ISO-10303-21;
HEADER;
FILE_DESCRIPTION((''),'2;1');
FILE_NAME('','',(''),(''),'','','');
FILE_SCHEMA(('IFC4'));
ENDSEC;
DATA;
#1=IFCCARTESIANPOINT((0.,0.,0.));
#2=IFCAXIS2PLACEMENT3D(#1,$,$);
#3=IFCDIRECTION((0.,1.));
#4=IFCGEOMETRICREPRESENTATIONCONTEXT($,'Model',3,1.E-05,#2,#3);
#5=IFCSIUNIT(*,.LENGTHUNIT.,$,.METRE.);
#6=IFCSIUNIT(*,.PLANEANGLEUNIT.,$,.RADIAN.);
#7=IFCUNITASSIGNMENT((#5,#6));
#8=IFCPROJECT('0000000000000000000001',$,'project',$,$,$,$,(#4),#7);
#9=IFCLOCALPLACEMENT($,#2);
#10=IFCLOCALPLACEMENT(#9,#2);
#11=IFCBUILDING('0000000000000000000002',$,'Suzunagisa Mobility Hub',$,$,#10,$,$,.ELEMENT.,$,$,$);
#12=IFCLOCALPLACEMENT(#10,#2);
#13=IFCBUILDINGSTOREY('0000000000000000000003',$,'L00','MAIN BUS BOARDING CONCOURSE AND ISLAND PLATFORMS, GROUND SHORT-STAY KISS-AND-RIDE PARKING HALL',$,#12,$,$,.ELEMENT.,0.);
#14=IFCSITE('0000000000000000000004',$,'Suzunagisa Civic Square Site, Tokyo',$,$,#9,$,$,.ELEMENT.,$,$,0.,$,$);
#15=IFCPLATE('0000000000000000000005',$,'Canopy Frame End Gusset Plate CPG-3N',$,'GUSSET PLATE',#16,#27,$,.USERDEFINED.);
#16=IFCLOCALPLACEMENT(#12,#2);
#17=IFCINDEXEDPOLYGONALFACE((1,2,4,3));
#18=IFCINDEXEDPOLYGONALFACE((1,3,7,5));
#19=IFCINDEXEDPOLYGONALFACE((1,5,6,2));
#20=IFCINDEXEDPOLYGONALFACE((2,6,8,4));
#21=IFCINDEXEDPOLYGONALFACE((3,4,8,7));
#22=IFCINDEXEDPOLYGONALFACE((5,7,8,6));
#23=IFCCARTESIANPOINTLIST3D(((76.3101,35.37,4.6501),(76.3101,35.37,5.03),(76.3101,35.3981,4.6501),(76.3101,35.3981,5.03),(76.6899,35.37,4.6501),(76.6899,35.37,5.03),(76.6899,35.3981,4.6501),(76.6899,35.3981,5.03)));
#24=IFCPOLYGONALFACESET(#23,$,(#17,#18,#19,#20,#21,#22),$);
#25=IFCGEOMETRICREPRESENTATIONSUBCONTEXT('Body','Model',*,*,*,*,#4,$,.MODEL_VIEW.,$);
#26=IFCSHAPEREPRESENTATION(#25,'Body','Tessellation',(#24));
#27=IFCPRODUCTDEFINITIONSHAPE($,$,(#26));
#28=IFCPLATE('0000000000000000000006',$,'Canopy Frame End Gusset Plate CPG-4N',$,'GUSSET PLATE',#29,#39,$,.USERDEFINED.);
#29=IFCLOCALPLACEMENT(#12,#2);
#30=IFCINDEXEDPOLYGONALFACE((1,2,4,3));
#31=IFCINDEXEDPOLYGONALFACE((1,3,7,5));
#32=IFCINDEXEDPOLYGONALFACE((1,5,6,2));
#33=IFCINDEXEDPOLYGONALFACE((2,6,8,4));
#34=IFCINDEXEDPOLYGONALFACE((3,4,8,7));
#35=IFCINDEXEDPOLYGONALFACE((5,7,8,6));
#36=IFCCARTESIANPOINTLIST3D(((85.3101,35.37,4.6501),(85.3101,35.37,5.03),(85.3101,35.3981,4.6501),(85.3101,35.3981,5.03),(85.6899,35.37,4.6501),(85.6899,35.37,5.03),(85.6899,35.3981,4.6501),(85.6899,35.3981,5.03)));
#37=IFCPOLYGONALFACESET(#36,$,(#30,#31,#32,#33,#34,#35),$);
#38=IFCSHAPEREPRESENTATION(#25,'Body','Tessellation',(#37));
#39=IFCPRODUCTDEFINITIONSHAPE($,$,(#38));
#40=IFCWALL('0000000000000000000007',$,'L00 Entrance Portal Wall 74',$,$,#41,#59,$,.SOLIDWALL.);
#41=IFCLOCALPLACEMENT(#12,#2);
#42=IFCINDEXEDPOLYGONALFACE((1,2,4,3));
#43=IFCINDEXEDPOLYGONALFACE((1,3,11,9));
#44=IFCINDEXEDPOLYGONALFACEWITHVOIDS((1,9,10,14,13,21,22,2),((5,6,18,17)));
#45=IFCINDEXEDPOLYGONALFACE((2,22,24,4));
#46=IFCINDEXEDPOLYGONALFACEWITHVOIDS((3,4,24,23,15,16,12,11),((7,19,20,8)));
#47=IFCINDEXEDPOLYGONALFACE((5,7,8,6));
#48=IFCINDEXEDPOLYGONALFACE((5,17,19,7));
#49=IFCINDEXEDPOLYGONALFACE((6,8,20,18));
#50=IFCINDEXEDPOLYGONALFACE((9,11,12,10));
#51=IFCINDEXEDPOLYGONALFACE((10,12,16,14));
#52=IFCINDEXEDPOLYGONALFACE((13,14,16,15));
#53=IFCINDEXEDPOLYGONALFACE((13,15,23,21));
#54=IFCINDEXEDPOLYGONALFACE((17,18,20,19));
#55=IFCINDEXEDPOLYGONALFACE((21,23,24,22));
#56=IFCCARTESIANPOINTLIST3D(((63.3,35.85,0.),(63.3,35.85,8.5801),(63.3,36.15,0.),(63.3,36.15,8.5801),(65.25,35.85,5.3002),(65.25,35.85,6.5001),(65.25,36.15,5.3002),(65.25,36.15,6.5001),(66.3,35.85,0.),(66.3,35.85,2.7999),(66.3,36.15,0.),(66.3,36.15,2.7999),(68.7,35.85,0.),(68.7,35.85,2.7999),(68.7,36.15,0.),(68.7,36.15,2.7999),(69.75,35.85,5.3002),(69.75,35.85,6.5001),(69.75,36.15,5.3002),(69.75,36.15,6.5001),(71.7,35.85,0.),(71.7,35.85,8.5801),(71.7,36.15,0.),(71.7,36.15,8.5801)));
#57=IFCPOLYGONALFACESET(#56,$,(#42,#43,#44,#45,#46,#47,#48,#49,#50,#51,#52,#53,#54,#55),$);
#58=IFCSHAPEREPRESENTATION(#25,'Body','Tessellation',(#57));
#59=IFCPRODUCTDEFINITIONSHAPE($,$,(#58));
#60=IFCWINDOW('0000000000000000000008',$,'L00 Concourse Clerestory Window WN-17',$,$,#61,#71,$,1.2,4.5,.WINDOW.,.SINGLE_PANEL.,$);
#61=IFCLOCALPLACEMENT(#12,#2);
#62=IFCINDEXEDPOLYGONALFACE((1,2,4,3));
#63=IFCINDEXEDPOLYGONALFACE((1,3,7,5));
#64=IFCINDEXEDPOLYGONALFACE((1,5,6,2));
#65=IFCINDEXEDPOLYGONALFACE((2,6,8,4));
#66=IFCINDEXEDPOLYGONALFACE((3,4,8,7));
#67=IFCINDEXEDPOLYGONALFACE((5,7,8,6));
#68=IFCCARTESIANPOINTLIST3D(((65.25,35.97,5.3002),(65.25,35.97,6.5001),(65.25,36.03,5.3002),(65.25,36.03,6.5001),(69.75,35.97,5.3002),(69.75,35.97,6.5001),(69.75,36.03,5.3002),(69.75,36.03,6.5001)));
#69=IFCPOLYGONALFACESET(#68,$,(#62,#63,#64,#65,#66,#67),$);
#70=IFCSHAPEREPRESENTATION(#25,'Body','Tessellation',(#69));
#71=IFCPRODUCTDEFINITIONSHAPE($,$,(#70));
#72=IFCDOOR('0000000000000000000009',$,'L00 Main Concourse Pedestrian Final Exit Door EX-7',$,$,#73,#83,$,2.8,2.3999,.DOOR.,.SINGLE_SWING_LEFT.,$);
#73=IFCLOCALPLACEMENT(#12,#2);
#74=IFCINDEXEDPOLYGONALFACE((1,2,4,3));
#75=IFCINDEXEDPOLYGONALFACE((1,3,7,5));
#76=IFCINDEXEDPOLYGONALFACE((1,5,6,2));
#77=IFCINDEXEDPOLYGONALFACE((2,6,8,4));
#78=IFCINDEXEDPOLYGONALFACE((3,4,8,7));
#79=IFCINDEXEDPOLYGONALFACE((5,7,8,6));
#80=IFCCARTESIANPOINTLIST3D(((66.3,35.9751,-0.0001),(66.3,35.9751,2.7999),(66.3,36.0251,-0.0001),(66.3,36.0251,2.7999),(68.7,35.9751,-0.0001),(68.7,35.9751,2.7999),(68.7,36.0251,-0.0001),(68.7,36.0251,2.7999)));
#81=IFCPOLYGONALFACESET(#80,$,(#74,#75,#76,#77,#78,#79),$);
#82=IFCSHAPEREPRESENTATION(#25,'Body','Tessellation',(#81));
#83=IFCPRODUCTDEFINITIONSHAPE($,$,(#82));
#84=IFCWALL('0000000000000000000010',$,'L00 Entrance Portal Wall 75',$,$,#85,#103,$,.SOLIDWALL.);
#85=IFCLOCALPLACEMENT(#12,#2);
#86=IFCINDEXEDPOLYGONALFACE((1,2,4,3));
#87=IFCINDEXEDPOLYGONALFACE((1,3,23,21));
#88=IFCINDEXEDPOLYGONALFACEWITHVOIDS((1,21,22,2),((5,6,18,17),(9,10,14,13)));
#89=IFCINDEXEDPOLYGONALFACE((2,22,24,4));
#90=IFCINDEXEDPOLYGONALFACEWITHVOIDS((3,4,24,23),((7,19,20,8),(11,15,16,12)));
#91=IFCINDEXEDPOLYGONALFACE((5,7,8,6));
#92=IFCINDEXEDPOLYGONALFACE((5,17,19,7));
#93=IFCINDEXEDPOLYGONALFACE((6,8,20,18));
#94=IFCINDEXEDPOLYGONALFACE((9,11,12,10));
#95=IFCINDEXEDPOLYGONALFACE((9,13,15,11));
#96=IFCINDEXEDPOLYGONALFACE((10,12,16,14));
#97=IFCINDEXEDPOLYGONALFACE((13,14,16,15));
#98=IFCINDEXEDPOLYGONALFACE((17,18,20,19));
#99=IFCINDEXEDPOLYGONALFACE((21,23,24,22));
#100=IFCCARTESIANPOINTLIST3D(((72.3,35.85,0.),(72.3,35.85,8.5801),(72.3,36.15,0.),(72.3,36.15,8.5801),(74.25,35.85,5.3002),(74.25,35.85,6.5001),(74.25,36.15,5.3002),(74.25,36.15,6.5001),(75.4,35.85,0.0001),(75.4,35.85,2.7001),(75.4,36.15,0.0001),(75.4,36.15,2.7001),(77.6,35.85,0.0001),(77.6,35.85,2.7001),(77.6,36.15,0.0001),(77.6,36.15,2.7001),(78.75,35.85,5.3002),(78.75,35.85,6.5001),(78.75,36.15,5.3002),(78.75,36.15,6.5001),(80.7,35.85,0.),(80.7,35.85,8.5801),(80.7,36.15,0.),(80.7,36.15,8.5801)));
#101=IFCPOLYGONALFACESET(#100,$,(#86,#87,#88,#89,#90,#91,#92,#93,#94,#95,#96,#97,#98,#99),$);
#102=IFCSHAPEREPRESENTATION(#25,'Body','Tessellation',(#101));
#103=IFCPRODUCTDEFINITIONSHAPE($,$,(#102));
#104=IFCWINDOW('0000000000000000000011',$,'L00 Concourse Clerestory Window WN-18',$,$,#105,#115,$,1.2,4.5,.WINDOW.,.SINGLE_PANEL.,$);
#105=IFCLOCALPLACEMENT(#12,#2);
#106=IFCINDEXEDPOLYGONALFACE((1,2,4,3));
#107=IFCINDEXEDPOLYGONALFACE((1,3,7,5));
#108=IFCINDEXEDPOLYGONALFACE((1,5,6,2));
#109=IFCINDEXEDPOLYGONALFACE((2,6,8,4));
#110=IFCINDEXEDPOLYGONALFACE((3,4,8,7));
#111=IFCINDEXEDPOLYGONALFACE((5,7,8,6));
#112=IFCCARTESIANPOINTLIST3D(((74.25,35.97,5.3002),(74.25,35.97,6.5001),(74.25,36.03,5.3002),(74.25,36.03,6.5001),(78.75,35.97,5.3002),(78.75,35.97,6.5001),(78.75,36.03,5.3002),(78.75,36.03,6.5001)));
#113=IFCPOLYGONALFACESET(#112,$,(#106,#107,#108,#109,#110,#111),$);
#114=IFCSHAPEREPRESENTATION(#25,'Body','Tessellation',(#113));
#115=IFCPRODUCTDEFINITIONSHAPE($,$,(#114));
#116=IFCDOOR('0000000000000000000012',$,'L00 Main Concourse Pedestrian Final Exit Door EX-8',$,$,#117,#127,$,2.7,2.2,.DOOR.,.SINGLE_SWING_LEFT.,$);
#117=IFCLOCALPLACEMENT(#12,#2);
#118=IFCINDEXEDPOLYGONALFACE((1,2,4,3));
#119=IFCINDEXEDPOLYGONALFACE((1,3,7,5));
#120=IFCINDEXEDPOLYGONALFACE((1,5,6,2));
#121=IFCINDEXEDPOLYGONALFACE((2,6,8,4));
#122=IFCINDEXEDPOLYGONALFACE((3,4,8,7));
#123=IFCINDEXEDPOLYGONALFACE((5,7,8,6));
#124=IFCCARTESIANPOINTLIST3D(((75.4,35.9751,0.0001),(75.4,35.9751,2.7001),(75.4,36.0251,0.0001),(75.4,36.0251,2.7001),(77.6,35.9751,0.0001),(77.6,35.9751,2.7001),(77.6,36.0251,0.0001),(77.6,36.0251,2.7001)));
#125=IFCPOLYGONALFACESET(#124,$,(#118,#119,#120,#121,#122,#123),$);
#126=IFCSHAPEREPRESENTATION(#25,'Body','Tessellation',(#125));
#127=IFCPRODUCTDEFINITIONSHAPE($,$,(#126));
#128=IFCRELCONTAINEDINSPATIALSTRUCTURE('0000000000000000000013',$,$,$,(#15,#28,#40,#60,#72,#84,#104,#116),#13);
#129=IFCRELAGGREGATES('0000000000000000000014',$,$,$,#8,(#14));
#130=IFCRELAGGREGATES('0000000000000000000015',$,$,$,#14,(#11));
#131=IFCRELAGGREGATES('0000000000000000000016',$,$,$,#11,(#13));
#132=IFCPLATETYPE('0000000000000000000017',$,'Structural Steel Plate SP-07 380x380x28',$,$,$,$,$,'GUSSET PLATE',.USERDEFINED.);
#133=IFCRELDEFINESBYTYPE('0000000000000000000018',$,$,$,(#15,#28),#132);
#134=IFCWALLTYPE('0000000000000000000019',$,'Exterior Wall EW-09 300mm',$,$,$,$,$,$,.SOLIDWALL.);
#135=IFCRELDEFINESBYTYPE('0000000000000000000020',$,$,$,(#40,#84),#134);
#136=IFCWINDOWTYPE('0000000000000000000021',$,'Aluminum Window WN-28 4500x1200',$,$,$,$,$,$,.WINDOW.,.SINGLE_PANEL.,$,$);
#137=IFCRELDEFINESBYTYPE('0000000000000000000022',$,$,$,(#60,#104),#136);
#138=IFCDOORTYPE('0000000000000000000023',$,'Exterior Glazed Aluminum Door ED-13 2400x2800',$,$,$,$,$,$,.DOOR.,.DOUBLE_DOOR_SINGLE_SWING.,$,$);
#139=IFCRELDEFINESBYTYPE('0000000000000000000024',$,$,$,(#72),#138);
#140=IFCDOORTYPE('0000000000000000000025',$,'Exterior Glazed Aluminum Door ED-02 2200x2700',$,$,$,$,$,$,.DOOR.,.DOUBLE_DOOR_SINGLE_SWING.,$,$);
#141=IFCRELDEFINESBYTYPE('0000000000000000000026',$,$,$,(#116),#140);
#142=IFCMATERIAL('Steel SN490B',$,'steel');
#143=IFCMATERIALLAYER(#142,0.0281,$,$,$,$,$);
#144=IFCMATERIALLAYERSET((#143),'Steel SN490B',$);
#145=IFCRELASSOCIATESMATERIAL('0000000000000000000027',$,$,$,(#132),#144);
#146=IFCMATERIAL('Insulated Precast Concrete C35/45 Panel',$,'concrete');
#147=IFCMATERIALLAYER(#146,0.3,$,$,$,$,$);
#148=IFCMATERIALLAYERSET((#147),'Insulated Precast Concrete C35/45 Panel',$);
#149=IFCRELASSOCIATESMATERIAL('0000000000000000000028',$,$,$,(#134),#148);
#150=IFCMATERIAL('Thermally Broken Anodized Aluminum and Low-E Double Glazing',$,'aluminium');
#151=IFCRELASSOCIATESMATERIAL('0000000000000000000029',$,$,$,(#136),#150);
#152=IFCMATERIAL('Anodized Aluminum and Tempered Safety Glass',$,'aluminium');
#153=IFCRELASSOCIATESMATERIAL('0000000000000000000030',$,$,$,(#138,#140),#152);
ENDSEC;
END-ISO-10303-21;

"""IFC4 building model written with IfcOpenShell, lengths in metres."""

from ifc_helpers import new_model, si_unit, direction, frame, frame_2d, origin, origin_2d, place, context, subcontext, project, spatial, rectangle, extrude, material, layer, layer_set, type_object, element, fill, save


model = new_model("IFC4")

# Units and contexts
model_context = context("Model", 3, precision=1e-05, world=origin(), true_north=direction((0.0, 1.0)))
body_context = subcontext(model_context, "Body", "Model", "MODEL_VIEW")
ifc_project = project(units=[si_unit("LENGTHUNIT", "METRE"), si_unit("PLANEANGLEUNIT", "RADIAN")], contexts=[model_context])

# Site, building, storey
site_placement = place(None, origin())
site = spatial("IfcSite", under=ifc_project, at=site_placement, Name="Suzunagisa Civic Square Site, Tokyo", CompositionType="ELEMENT", RefElevation=0.0)
building_placement = place(site_placement, origin())
building = spatial("IfcBuilding", under=site, at=building_placement, Name="Suzunagisa Mobility Hub", CompositionType="ELEMENT")
storey_placement = place(building_placement, origin())
storey = spatial("IfcBuildingStorey", under=building, at=storey_placement, Name="L00", Description="MAIN BUS BOARDING CONCOURSE AND ISLAND PLATFORMS, GROUND SHORT-STAY KISS-AND-RIDE PARKING HALL", CompositionType="ELEMENT", Elevation=0.0)

# Shared definitions
ifc_material_1 = material(Name="Steel SN490B", Category="steel")

# Plates
ifc_layer_1 = layer(ifc_material_1, 0.0281)
ifc_layer_set_1 = layer_set([ifc_layer_1], Name="Steel SN490B")
plate_type = type_object("IfcPlateType", Name="Structural Steel Plate SP-07 380x380x28", ElementType="GUSSET PLATE", PredefinedType="USERDEFINED", material=ifc_layer_set_1)
for number, where, z_axis, x_axis, name in (
    (1, (76.5, 35.384, 4.6501), (0.0, 0.0, 1.0), (1.0, 0.0, 0.0), "Canopy Frame End Gusset Plate CPG-3N"),
    (2, (85.5, 35.384, 4.6501), (0.0, 0.0, 1.0), (1.0, 0.0, 0.0), "Canopy Frame End Gusset Plate CPG-4N"),
):
    element("IfcPlate", number, at=place(storey_placement, frame(where, z_axis=z_axis, x_axis=x_axis)), inside=storey, type_object=plate_type, Name=name, ObjectType="GUSSET PLATE", PredefinedType="USERDEFINED", context=body_context, shape_type="SweptSolid", body=[
        extrude(rectangle(XDim=0.3799, YDim=0.0281, at=origin_2d()), origin(), (0.0, 0.0, 1.0), 0.3799),
    ])

# Walls, openings, windows, doors
ifc_material_2 = material(Name="Insulated Precast Concrete C35/45 Panel", Category="concrete")
ifc_layer_2 = layer(ifc_material_2, 0.3)
ifc_layer_set_2 = layer_set([ifc_layer_2], Name="Insulated Precast Concrete C35/45 Panel")
wall_type = type_object("IfcWallType", Name="Exterior Wall EW-09 300mm", PredefinedType="SOLIDWALL", material=ifc_layer_set_2)
wall_1_placement = place(storey_placement, frame((63.3, 36.0, 0.0), z_axis=(0.0, 0.0, 1.0), x_axis=(1.0, 0.0, 0.0)))
wall_1 = element("IfcWall", 3, at=wall_1_placement, inside=storey, type_object=wall_type, Name="L00 Entrance Portal Wall 74", PredefinedType="SOLIDWALL", context=body_context, shape_type="SweptSolid", body=[
    extrude(rectangle(XDim=8.3999, YDim=0.3, at=frame_2d((4.2, 0.0))), origin(), (0.0, 0.0, 1.0), 8.5801),
])
opening_1_placement = place(wall_1_placement, frame((5.3999, 0.0, 0.0), z_axis=(0.0, 0.0, 1.0), x_axis=(-1.0, 0.0, 0.0)))
opening_1 = element("IfcOpeningElement", 4, at=opening_1_placement, cuts=wall_1, PredefinedType="OPENING", context=body_context, shape_type="SweptSolid", body=[
    extrude(rectangle(XDim=2.3999, YDim=2.8, at=frame_2d((1.2, 1.3999))), frame((0.0, 0.1611, 0.0), z_axis=(0.0, -1.0, 0.0), x_axis=(1.0, 0.0, 0.0)), (0.0, 0.0, 1.0), 0.322),
])
opening_2_placement = place(wall_1_placement, frame((1.95, 0.0, 5.3)))
opening_2 = element("IfcOpeningElement", 5, at=opening_2_placement, cuts=wall_1, PredefinedType="OPENING", context=body_context, shape_type="SweptSolid", body=[
    extrude(rectangle(XDim=4.5, YDim=1.2, at=frame_2d((2.25, 0.6001))), frame((0.0, 0.1611, 0.0), z_axis=(0.0, -1.0, 0.0), x_axis=(1.0, 0.0, 0.0)), (0.0, 0.0, 1.0), 0.322),
])
ifc_material_3 = material(Name="Thermally Broken Anodized Aluminum and Low-E Double Glazing", Category="aluminium")
window_type = type_object("IfcWindowType", Name="Aluminum Window WN-28 4500x1200", PartitioningType="SINGLE_PANEL", PredefinedType="WINDOW", material=ifc_material_3)
window_1_placement = place(opening_2_placement, origin())
window_1 = element("IfcWindow", 6, at=window_1_placement, inside=storey, type_object=window_type, Name="L00 Concourse Clerestory Window WN-17", OverallHeight=1.2, OverallWidth=4.5, PartitioningType="SINGLE_PANEL", PredefinedType="WINDOW", context=body_context, shape_type="SweptSolid", body=[
    extrude(rectangle(XDim=4.5, YDim=1.2, at=frame_2d((2.25, 0.6001))), frame((0.0, 0.03, 0.0), z_axis=(0.0, -1.0, 0.0), x_axis=(1.0, 0.0, 0.0)), (0.0, 0.0, 1.0), 0.0601),
])
fill(opening_2, window_1)
ifc_material_4 = material(Name="Anodized Aluminum and Tempered Safety Glass", Category="aluminium")
door_type_1 = type_object("IfcDoorType", Name="Exterior Glazed Aluminum Door ED-13 2400x2800", OperationType="DOUBLE_DOOR_SINGLE_SWING", PredefinedType="DOOR", material=ifc_material_4)
door_1_placement = place(opening_1_placement, origin())
door_1 = element("IfcDoor", 7, at=door_1_placement, inside=storey, type_object=door_type_1, Name="L00 Main Concourse Pedestrian Final Exit Door EX-7", OperationType="SINGLE_SWING_LEFT", OverallHeight=2.8, OverallWidth=2.3999, PredefinedType="DOOR", context=body_context, shape_type="SweptSolid", body=[
    extrude(rectangle(XDim=2.3999, YDim=2.8, at=frame_2d((1.2, 1.3999))), frame((0.0, 0.0249, 0.0), z_axis=(0.0, -1.0, 0.0), x_axis=(1.0, 0.0, 0.0)), (0.0, 0.0, 1.0), 0.05),
])
fill(opening_1, door_1)
wall_2_placement = place(storey_placement, frame((72.3, 36.0, 0.0), z_axis=(0.0, 0.0, 1.0), x_axis=(1.0, 0.0, 0.0)))
wall_2 = element("IfcWall", 8, at=wall_2_placement, inside=storey, type_object=wall_type, Name="L00 Entrance Portal Wall 75", PredefinedType="SOLIDWALL", context=body_context, shape_type="SweptSolid", body=[
    extrude(rectangle(XDim=8.3999, YDim=0.3, at=frame_2d((4.2, 0.0))), origin(), (0.0, 0.0, 1.0), 8.5801),
])
opening_3_placement = place(wall_2_placement, frame((5.3, 0.0, 0.0), z_axis=(0.0, 0.0, 1.0), x_axis=(-1.0, 0.0, 0.0)))
opening_3 = element("IfcOpeningElement", 9, at=opening_3_placement, cuts=wall_2, PredefinedType="OPENING", context=body_context, shape_type="SweptSolid", body=[
    extrude(rectangle(XDim=2.2, YDim=2.7, at=frame_2d((1.1001, 1.3501))), frame((0.0, 0.1611, 0.0), z_axis=(0.0, -1.0, 0.0), x_axis=(1.0, 0.0, 0.0)), (0.0, 0.0, 1.0), 0.322),
])
opening_4_placement = place(wall_2_placement, frame((1.95, 0.0, 5.3)))
opening_4 = element("IfcOpeningElement", 10, at=opening_4_placement, cuts=wall_2, PredefinedType="OPENING", context=body_context, shape_type="SweptSolid", body=[
    extrude(rectangle(XDim=4.5, YDim=1.2, at=frame_2d((2.25, 0.6001))), frame((0.0, 0.1611, 0.0), z_axis=(0.0, -1.0, 0.0), x_axis=(1.0, 0.0, 0.0)), (0.0, 0.0, 1.0), 0.322),
])
window_2_placement = place(opening_4_placement, origin())
window_2 = element("IfcWindow", 11, at=window_2_placement, inside=storey, type_object=window_type, Name="L00 Concourse Clerestory Window WN-18", OverallHeight=1.2, OverallWidth=4.5, PartitioningType="SINGLE_PANEL", PredefinedType="WINDOW", context=body_context, shape_type="SweptSolid", body=[
    extrude(rectangle(XDim=4.5, YDim=1.2, at=frame_2d((2.25, 0.6001))), frame((0.0, 0.03, 0.0), z_axis=(0.0, -1.0, 0.0), x_axis=(1.0, 0.0, 0.0)), (0.0, 0.0, 1.0), 0.0601),
])
fill(opening_4, window_2)
door_type_2 = type_object("IfcDoorType", Name="Exterior Glazed Aluminum Door ED-02 2200x2700", OperationType="DOUBLE_DOOR_SINGLE_SWING", PredefinedType="DOOR", material=ifc_material_4)
door_2_placement = place(opening_3_placement, origin())
door_2 = element("IfcDoor", 12, at=door_2_placement, inside=storey, type_object=door_type_2, Name="L00 Main Concourse Pedestrian Final Exit Door EX-8", OperationType="SINGLE_SWING_LEFT", OverallHeight=2.7, OverallWidth=2.2, PredefinedType="DOOR", context=body_context, shape_type="SweptSolid", body=[
    extrude(rectangle(XDim=2.2, YDim=2.7, at=frame_2d((1.1001, 1.3501))), frame((0.0, 0.0249, 0.0), z_axis=(0.0, -1.0, 0.0), x_axis=(1.0, 0.0, 0.0)), (0.0, 0.0, 1.0), 0.05),
])
fill(opening_3, door_2)

save(model, "model.ifc")
